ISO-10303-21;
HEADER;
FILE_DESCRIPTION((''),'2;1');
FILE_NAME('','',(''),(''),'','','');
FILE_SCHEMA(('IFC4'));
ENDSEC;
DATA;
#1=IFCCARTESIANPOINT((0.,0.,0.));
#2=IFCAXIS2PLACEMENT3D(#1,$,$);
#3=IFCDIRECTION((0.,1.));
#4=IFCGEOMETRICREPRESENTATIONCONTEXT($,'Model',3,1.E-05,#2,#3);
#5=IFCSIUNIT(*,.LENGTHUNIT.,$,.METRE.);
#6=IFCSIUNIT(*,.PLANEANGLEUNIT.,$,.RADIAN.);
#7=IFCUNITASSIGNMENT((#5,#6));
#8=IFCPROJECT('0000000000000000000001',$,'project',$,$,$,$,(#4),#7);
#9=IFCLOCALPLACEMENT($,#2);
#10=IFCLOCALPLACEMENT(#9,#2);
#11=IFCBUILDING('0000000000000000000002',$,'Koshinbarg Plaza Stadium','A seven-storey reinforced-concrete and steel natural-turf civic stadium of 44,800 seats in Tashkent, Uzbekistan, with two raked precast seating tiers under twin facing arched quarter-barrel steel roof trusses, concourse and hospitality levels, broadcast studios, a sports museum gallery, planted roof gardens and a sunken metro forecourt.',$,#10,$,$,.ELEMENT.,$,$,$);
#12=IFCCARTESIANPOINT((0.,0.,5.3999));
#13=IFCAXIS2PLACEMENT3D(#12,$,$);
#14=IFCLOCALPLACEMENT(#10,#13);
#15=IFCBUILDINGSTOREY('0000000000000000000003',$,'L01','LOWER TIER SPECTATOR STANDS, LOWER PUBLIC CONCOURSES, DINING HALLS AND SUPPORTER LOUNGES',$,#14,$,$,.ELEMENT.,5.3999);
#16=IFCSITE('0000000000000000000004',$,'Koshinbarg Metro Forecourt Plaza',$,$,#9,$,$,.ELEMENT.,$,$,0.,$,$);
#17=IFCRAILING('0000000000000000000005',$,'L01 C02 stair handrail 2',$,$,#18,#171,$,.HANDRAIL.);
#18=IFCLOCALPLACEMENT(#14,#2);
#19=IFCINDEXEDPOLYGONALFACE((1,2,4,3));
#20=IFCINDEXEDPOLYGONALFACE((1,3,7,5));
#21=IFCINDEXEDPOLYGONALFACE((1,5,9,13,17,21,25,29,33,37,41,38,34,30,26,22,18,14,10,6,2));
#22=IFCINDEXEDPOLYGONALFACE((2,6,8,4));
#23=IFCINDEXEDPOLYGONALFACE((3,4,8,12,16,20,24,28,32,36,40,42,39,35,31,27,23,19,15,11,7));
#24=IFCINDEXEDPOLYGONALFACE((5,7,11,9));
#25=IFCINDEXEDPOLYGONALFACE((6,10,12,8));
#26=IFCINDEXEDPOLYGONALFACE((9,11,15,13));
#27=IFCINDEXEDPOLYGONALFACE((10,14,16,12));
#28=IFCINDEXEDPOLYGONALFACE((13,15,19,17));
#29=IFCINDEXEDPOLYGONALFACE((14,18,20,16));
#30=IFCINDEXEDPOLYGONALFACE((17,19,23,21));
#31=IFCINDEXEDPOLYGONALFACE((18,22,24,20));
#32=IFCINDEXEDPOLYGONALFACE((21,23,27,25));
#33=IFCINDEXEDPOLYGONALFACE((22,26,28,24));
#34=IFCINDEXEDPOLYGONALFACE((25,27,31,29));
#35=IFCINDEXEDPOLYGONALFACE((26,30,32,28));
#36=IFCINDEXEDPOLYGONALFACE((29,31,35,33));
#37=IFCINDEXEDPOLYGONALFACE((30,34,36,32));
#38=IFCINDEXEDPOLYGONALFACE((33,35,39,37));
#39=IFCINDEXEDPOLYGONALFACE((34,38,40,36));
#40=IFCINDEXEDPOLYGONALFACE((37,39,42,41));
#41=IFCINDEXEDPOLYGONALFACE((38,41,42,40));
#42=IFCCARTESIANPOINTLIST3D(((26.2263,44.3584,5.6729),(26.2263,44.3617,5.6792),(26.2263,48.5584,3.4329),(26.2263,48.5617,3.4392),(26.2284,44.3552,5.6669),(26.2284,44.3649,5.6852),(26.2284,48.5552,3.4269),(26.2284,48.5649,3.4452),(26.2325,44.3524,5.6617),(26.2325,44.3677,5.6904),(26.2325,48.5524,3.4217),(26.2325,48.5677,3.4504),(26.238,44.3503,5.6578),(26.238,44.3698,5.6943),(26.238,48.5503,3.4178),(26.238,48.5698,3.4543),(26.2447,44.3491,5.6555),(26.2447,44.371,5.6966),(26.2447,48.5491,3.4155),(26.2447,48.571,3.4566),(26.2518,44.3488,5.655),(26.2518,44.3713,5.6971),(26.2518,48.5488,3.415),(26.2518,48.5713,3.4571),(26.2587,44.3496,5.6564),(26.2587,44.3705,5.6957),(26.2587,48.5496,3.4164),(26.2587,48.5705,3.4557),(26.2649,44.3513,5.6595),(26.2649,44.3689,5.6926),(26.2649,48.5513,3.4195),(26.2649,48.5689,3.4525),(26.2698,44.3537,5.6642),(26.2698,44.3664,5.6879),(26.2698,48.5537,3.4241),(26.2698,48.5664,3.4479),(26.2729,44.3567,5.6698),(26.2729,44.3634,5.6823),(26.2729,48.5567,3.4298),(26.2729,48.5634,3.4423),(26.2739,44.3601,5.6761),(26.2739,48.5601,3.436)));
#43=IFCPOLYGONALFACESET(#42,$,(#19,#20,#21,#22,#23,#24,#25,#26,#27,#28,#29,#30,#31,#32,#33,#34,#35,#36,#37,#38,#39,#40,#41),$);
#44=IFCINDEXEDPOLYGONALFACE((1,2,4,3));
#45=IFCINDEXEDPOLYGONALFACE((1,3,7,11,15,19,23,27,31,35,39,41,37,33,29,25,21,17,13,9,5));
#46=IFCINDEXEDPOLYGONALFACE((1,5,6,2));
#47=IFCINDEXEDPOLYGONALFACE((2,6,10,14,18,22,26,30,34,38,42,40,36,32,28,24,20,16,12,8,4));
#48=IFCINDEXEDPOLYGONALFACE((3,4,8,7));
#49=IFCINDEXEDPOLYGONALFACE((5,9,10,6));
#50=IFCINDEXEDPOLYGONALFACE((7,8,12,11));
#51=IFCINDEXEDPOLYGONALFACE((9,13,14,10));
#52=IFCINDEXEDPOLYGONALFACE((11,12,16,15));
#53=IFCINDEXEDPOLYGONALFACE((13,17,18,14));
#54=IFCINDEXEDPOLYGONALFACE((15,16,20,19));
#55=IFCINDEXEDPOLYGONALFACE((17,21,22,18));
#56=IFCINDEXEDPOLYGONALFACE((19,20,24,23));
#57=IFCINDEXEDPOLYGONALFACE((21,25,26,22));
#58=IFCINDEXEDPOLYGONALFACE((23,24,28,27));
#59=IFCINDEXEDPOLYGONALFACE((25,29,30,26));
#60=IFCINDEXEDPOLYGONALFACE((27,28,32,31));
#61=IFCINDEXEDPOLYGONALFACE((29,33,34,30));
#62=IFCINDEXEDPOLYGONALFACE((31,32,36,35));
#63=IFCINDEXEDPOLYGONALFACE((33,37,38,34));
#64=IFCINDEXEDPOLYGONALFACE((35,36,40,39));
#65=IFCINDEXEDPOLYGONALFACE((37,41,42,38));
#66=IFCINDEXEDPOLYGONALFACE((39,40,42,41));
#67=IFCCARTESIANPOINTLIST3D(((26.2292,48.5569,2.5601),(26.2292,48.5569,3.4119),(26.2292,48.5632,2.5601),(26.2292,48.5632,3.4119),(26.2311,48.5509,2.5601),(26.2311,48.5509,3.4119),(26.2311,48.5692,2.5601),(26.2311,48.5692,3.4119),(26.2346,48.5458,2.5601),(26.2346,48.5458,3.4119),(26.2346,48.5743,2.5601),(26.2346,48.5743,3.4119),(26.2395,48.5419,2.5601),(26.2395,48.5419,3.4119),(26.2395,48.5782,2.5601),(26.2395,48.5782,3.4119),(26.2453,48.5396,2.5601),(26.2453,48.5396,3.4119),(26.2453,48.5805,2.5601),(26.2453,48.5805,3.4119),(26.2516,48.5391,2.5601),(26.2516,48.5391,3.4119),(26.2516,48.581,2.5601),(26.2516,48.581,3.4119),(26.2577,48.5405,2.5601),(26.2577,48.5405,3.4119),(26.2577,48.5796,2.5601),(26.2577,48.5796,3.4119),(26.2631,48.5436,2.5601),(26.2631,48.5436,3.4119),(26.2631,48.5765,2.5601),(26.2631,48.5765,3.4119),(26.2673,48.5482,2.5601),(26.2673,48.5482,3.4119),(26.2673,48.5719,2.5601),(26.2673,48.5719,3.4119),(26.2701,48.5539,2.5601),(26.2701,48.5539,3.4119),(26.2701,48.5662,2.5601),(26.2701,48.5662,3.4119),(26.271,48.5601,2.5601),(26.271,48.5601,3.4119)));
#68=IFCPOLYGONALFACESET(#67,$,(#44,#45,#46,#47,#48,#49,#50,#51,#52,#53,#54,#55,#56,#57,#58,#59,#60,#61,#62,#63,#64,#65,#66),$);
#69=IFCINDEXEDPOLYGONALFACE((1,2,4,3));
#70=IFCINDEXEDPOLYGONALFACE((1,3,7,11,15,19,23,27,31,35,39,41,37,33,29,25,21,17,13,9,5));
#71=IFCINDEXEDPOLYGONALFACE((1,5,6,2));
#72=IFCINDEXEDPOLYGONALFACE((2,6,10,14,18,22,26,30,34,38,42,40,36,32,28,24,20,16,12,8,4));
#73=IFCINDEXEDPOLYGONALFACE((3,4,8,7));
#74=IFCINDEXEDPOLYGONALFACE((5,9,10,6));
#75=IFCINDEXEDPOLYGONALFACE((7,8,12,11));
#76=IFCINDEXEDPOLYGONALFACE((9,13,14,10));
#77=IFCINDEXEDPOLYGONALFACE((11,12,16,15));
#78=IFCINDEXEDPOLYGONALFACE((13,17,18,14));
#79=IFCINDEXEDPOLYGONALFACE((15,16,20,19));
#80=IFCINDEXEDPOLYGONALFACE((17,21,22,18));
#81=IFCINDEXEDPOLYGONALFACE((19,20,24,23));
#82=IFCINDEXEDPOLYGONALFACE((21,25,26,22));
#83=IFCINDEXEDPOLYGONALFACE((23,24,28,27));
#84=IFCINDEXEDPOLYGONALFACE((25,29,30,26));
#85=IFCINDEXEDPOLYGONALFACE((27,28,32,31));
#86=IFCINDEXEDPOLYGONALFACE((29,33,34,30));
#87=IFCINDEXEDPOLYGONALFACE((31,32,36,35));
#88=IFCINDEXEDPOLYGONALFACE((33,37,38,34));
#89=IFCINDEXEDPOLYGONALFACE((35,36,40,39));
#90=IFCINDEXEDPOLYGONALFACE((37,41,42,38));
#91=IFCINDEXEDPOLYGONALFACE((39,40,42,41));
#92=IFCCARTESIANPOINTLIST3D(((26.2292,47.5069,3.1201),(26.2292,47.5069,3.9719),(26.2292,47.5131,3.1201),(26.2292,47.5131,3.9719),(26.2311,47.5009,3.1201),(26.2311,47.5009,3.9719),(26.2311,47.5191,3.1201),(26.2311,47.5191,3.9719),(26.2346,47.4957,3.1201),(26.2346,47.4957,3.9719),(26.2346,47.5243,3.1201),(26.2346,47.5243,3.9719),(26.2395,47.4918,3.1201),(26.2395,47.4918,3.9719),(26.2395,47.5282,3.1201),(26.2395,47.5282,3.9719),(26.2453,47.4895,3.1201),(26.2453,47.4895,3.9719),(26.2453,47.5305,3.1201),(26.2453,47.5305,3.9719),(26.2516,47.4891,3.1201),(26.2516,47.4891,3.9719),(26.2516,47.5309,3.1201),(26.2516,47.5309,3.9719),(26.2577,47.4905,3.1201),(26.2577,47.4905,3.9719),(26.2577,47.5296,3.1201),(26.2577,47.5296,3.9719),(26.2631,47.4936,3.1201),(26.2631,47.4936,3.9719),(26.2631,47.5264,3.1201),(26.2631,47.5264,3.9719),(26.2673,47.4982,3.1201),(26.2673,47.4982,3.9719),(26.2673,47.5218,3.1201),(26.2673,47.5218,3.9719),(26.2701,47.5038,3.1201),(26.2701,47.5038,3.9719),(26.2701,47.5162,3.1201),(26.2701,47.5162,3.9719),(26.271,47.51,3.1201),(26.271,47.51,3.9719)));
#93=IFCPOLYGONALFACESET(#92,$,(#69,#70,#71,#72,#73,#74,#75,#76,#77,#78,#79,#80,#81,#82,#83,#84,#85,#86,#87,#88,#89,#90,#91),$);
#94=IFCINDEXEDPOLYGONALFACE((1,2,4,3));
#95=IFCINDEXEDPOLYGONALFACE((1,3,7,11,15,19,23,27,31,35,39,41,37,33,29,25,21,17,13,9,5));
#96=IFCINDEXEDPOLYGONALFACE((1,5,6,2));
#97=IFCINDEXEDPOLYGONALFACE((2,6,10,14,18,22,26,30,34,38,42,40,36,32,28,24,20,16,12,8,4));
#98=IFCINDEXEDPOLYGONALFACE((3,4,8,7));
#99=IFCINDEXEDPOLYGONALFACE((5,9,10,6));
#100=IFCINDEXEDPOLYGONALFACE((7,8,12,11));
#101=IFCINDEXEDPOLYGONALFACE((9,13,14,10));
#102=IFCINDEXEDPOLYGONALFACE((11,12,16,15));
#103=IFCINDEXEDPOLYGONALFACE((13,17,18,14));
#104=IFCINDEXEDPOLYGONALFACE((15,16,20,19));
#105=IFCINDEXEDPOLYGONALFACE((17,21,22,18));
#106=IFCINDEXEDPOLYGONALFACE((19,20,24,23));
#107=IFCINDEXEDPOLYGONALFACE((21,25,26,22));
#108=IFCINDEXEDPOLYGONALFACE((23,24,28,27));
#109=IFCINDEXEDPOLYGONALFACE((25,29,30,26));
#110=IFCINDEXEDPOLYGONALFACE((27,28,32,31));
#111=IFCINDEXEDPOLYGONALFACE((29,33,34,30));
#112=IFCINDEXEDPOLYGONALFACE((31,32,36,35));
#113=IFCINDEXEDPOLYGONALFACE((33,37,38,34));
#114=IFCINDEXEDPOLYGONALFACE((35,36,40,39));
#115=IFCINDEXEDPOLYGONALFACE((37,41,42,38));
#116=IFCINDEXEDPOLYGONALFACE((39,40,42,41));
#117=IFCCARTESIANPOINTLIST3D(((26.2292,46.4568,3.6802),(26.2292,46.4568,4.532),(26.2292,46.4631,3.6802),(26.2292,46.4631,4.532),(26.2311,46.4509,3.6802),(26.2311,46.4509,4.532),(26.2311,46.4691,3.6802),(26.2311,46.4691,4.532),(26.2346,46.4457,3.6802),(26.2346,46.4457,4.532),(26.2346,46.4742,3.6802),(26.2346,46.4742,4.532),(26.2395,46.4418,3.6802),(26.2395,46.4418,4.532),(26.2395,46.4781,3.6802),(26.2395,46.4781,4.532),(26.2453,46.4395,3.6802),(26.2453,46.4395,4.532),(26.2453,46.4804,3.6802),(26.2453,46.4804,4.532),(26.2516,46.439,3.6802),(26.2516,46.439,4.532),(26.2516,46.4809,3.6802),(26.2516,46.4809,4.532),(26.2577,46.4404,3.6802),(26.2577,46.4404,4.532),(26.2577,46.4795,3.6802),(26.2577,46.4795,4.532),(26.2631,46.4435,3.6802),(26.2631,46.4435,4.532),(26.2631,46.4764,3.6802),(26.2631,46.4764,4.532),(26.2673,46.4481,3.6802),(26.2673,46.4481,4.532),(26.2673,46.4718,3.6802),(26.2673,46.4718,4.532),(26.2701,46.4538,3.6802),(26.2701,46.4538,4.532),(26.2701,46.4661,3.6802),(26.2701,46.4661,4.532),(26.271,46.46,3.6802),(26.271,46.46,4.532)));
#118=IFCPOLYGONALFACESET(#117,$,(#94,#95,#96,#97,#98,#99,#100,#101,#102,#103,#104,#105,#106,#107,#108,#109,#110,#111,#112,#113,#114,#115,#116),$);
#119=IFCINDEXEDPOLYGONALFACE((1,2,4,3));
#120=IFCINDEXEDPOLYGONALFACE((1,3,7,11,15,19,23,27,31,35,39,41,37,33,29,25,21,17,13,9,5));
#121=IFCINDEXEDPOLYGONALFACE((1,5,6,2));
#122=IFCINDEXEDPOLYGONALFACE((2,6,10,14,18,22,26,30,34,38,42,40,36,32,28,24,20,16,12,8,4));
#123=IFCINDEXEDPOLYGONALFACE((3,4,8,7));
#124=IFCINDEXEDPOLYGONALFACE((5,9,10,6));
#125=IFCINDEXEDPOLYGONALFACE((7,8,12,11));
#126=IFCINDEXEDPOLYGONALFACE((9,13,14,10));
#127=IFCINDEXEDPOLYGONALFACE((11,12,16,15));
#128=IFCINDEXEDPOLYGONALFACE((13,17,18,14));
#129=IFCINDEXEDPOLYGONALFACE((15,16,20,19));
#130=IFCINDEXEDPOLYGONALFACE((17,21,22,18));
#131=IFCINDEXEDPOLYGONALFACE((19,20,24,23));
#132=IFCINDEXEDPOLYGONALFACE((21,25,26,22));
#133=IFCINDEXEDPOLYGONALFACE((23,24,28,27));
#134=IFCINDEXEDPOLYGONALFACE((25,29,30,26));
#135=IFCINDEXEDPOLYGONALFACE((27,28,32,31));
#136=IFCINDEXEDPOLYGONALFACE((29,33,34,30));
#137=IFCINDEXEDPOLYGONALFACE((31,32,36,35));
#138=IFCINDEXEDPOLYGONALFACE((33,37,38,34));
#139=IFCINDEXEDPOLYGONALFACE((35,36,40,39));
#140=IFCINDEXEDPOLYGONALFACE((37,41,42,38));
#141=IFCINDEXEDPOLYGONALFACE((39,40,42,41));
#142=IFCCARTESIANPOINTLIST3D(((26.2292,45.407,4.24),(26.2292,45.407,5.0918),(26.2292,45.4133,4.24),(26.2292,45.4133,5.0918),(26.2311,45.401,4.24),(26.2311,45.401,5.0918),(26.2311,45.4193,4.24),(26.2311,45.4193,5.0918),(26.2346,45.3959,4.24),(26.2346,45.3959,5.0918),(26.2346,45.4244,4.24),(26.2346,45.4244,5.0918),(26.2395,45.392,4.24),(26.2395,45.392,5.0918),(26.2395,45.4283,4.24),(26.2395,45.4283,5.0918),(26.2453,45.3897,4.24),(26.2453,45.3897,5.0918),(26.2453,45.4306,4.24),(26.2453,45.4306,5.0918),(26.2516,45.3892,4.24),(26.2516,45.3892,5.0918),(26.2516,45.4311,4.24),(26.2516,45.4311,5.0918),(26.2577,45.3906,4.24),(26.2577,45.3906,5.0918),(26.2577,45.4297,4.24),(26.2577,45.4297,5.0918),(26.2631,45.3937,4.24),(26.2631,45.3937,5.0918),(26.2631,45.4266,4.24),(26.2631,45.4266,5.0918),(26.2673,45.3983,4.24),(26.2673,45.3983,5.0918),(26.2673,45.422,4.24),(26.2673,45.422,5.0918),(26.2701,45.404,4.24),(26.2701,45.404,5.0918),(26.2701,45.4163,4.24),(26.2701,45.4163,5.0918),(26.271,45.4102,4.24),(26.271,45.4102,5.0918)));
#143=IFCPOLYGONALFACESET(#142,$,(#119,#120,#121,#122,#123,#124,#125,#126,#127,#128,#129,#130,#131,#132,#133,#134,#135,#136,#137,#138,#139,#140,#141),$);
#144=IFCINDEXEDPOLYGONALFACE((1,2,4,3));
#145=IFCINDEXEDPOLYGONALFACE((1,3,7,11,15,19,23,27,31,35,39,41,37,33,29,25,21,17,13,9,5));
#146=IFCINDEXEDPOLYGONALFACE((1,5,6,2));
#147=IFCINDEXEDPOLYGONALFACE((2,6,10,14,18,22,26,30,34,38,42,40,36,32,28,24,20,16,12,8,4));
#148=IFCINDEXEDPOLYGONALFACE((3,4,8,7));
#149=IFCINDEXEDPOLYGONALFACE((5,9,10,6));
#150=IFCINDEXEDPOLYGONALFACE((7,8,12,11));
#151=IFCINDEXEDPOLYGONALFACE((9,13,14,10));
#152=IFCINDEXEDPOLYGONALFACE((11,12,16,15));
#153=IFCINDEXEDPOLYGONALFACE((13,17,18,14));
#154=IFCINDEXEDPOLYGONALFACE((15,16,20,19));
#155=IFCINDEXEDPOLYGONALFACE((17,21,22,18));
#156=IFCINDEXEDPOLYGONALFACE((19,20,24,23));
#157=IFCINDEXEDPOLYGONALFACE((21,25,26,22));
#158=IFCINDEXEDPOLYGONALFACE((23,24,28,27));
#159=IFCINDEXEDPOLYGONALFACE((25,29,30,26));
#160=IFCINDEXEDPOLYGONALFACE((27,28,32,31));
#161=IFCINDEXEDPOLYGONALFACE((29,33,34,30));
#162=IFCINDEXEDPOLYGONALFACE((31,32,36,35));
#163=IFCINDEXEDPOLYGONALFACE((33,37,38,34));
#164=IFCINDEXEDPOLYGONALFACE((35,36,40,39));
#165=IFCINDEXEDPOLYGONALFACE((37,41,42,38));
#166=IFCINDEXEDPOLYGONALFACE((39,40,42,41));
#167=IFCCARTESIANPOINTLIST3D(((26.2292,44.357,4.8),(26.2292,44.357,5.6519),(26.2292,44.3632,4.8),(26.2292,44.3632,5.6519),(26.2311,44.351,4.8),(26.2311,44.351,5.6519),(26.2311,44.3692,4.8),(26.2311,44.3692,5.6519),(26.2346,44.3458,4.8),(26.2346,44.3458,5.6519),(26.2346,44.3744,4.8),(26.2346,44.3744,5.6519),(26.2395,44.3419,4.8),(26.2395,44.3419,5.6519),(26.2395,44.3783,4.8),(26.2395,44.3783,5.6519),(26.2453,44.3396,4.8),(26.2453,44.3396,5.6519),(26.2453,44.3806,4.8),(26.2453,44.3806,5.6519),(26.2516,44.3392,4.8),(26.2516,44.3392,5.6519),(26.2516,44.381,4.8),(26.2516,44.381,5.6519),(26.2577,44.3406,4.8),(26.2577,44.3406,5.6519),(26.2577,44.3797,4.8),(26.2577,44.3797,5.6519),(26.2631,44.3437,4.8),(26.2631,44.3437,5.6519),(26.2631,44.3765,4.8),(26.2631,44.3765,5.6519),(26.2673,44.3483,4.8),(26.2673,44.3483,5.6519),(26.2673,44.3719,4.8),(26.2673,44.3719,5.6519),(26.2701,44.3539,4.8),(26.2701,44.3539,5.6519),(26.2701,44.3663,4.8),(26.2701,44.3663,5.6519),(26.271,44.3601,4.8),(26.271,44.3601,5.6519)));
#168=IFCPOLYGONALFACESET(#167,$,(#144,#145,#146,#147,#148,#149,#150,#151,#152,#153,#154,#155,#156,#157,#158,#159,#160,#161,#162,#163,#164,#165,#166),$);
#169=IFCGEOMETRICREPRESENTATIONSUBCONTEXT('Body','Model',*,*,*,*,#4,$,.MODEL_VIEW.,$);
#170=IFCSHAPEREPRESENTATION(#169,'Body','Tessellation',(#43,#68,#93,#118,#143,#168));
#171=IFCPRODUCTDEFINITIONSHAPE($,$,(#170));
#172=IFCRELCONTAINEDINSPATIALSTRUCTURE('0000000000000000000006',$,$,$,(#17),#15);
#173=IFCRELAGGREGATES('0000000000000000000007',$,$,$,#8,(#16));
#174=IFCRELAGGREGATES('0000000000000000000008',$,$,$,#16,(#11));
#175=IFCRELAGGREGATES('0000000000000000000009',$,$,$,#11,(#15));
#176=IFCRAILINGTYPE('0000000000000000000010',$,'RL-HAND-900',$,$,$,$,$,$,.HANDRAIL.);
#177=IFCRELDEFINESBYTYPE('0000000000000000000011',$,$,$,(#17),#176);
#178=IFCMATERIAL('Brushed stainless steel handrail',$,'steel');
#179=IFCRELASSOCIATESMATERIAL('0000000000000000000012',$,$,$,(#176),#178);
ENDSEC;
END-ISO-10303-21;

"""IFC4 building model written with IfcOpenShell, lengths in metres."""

from ifc_helpers import new_model, si_unit, direction, frame, origin, origin_2d, place, context, subcontext, project, spatial, circle, extrude, material, type_object, element, save


model = new_model("IFC4")

# Units and contexts
model_context = context("Model", 3, precision=1e-05, world=origin(), true_north=direction((0.0, 1.0)))
body_context = subcontext(model_context, "Body", "Model", "MODEL_VIEW")
ifc_project = project(units=[si_unit("LENGTHUNIT", "METRE"), si_unit("PLANEANGLEUNIT", "RADIAN")], contexts=[model_context])

# Site, building, storey
site_placement = place(None, origin())
site = spatial("IfcSite", under=ifc_project, at=site_placement, Name="Koshinbarg Metro Forecourt Plaza", CompositionType="ELEMENT", RefElevation=0.0)
building_placement = place(site_placement, origin())
building = spatial("IfcBuilding", under=site, at=building_placement, Name="Koshinbarg Plaza Stadium", Description="A seven-storey reinforced-concrete and steel natural-turf civic stadium of 44,800 seats in Tashkent, Uzbekistan, with two raked precast seating tiers under twin facing arched quarter-barrel steel roof trusses, concourse and hospitality levels, broadcast studios, a sports museum gallery, planted roof gardens and a sunken metro forecourt.", CompositionType="ELEMENT")
storey_placement = place(building_placement, frame((0.0, 0.0, 5.3999)))
storey = spatial("IfcBuildingStorey", under=building, at=storey_placement, Name="L01", Description="LOWER TIER SPECTATOR STANDS, LOWER PUBLIC CONCOURSES, DINING HALLS AND SUPPORTER LOUNGES", CompositionType="ELEMENT", Elevation=5.3999)

# Railing
ifc_material_1 = material(Name="Brushed stainless steel handrail", Category="steel")
railing_type_1 = type_object("IfcRailingType", Name="RL-HAND-900", PredefinedType="HANDRAIL", material=ifc_material_1)
for number, where, name in (
    (1, (26.25, 48.5601, 2.5601), "L01 C02 stair handrail 2"),
):
    element("IfcRailing", number, at=place(storey_placement, frame(where)), inside=storey, type_object=railing_type_1, Name=name, PredefinedType="HANDRAIL", context=body_context, shape_type="SweptSolid", body=[
        extrude(circle(Radius=0.0239, at=origin_2d()), frame((0.0, 0.0, 0.876), z_axis=(0.0, -0.882352, 0.470591), x_axis=(1.0, 0.0, 0.0)), (0.0, 0.0, 1.0), 4.76),
        extrude(circle(Radius=0.021, at=origin_2d()), origin(), (0.0, 0.0, 1.0), 0.8518),
        extrude(circle(Radius=0.021, at=origin_2d()), frame((0.0, -1.05, 0.5601)), (0.0, 0.0, 1.0), 0.8518),
        extrude(circle(Radius=0.021, at=origin_2d()), frame((0.0, -2.1001, 1.1201)), (0.0, 0.0, 1.0), 0.8518),
        extrude(circle(Radius=0.021, at=origin_2d()), frame((0.0, -3.1499, 1.6799)), (0.0, 0.0, 1.0), 0.8518),
        extrude(circle(Radius=0.021, at=origin_2d()), frame((0.0, -4.2, 2.24)), (0.0, 0.0, 1.0), 0.8518),
    ])

save(model, "model.ifc")
